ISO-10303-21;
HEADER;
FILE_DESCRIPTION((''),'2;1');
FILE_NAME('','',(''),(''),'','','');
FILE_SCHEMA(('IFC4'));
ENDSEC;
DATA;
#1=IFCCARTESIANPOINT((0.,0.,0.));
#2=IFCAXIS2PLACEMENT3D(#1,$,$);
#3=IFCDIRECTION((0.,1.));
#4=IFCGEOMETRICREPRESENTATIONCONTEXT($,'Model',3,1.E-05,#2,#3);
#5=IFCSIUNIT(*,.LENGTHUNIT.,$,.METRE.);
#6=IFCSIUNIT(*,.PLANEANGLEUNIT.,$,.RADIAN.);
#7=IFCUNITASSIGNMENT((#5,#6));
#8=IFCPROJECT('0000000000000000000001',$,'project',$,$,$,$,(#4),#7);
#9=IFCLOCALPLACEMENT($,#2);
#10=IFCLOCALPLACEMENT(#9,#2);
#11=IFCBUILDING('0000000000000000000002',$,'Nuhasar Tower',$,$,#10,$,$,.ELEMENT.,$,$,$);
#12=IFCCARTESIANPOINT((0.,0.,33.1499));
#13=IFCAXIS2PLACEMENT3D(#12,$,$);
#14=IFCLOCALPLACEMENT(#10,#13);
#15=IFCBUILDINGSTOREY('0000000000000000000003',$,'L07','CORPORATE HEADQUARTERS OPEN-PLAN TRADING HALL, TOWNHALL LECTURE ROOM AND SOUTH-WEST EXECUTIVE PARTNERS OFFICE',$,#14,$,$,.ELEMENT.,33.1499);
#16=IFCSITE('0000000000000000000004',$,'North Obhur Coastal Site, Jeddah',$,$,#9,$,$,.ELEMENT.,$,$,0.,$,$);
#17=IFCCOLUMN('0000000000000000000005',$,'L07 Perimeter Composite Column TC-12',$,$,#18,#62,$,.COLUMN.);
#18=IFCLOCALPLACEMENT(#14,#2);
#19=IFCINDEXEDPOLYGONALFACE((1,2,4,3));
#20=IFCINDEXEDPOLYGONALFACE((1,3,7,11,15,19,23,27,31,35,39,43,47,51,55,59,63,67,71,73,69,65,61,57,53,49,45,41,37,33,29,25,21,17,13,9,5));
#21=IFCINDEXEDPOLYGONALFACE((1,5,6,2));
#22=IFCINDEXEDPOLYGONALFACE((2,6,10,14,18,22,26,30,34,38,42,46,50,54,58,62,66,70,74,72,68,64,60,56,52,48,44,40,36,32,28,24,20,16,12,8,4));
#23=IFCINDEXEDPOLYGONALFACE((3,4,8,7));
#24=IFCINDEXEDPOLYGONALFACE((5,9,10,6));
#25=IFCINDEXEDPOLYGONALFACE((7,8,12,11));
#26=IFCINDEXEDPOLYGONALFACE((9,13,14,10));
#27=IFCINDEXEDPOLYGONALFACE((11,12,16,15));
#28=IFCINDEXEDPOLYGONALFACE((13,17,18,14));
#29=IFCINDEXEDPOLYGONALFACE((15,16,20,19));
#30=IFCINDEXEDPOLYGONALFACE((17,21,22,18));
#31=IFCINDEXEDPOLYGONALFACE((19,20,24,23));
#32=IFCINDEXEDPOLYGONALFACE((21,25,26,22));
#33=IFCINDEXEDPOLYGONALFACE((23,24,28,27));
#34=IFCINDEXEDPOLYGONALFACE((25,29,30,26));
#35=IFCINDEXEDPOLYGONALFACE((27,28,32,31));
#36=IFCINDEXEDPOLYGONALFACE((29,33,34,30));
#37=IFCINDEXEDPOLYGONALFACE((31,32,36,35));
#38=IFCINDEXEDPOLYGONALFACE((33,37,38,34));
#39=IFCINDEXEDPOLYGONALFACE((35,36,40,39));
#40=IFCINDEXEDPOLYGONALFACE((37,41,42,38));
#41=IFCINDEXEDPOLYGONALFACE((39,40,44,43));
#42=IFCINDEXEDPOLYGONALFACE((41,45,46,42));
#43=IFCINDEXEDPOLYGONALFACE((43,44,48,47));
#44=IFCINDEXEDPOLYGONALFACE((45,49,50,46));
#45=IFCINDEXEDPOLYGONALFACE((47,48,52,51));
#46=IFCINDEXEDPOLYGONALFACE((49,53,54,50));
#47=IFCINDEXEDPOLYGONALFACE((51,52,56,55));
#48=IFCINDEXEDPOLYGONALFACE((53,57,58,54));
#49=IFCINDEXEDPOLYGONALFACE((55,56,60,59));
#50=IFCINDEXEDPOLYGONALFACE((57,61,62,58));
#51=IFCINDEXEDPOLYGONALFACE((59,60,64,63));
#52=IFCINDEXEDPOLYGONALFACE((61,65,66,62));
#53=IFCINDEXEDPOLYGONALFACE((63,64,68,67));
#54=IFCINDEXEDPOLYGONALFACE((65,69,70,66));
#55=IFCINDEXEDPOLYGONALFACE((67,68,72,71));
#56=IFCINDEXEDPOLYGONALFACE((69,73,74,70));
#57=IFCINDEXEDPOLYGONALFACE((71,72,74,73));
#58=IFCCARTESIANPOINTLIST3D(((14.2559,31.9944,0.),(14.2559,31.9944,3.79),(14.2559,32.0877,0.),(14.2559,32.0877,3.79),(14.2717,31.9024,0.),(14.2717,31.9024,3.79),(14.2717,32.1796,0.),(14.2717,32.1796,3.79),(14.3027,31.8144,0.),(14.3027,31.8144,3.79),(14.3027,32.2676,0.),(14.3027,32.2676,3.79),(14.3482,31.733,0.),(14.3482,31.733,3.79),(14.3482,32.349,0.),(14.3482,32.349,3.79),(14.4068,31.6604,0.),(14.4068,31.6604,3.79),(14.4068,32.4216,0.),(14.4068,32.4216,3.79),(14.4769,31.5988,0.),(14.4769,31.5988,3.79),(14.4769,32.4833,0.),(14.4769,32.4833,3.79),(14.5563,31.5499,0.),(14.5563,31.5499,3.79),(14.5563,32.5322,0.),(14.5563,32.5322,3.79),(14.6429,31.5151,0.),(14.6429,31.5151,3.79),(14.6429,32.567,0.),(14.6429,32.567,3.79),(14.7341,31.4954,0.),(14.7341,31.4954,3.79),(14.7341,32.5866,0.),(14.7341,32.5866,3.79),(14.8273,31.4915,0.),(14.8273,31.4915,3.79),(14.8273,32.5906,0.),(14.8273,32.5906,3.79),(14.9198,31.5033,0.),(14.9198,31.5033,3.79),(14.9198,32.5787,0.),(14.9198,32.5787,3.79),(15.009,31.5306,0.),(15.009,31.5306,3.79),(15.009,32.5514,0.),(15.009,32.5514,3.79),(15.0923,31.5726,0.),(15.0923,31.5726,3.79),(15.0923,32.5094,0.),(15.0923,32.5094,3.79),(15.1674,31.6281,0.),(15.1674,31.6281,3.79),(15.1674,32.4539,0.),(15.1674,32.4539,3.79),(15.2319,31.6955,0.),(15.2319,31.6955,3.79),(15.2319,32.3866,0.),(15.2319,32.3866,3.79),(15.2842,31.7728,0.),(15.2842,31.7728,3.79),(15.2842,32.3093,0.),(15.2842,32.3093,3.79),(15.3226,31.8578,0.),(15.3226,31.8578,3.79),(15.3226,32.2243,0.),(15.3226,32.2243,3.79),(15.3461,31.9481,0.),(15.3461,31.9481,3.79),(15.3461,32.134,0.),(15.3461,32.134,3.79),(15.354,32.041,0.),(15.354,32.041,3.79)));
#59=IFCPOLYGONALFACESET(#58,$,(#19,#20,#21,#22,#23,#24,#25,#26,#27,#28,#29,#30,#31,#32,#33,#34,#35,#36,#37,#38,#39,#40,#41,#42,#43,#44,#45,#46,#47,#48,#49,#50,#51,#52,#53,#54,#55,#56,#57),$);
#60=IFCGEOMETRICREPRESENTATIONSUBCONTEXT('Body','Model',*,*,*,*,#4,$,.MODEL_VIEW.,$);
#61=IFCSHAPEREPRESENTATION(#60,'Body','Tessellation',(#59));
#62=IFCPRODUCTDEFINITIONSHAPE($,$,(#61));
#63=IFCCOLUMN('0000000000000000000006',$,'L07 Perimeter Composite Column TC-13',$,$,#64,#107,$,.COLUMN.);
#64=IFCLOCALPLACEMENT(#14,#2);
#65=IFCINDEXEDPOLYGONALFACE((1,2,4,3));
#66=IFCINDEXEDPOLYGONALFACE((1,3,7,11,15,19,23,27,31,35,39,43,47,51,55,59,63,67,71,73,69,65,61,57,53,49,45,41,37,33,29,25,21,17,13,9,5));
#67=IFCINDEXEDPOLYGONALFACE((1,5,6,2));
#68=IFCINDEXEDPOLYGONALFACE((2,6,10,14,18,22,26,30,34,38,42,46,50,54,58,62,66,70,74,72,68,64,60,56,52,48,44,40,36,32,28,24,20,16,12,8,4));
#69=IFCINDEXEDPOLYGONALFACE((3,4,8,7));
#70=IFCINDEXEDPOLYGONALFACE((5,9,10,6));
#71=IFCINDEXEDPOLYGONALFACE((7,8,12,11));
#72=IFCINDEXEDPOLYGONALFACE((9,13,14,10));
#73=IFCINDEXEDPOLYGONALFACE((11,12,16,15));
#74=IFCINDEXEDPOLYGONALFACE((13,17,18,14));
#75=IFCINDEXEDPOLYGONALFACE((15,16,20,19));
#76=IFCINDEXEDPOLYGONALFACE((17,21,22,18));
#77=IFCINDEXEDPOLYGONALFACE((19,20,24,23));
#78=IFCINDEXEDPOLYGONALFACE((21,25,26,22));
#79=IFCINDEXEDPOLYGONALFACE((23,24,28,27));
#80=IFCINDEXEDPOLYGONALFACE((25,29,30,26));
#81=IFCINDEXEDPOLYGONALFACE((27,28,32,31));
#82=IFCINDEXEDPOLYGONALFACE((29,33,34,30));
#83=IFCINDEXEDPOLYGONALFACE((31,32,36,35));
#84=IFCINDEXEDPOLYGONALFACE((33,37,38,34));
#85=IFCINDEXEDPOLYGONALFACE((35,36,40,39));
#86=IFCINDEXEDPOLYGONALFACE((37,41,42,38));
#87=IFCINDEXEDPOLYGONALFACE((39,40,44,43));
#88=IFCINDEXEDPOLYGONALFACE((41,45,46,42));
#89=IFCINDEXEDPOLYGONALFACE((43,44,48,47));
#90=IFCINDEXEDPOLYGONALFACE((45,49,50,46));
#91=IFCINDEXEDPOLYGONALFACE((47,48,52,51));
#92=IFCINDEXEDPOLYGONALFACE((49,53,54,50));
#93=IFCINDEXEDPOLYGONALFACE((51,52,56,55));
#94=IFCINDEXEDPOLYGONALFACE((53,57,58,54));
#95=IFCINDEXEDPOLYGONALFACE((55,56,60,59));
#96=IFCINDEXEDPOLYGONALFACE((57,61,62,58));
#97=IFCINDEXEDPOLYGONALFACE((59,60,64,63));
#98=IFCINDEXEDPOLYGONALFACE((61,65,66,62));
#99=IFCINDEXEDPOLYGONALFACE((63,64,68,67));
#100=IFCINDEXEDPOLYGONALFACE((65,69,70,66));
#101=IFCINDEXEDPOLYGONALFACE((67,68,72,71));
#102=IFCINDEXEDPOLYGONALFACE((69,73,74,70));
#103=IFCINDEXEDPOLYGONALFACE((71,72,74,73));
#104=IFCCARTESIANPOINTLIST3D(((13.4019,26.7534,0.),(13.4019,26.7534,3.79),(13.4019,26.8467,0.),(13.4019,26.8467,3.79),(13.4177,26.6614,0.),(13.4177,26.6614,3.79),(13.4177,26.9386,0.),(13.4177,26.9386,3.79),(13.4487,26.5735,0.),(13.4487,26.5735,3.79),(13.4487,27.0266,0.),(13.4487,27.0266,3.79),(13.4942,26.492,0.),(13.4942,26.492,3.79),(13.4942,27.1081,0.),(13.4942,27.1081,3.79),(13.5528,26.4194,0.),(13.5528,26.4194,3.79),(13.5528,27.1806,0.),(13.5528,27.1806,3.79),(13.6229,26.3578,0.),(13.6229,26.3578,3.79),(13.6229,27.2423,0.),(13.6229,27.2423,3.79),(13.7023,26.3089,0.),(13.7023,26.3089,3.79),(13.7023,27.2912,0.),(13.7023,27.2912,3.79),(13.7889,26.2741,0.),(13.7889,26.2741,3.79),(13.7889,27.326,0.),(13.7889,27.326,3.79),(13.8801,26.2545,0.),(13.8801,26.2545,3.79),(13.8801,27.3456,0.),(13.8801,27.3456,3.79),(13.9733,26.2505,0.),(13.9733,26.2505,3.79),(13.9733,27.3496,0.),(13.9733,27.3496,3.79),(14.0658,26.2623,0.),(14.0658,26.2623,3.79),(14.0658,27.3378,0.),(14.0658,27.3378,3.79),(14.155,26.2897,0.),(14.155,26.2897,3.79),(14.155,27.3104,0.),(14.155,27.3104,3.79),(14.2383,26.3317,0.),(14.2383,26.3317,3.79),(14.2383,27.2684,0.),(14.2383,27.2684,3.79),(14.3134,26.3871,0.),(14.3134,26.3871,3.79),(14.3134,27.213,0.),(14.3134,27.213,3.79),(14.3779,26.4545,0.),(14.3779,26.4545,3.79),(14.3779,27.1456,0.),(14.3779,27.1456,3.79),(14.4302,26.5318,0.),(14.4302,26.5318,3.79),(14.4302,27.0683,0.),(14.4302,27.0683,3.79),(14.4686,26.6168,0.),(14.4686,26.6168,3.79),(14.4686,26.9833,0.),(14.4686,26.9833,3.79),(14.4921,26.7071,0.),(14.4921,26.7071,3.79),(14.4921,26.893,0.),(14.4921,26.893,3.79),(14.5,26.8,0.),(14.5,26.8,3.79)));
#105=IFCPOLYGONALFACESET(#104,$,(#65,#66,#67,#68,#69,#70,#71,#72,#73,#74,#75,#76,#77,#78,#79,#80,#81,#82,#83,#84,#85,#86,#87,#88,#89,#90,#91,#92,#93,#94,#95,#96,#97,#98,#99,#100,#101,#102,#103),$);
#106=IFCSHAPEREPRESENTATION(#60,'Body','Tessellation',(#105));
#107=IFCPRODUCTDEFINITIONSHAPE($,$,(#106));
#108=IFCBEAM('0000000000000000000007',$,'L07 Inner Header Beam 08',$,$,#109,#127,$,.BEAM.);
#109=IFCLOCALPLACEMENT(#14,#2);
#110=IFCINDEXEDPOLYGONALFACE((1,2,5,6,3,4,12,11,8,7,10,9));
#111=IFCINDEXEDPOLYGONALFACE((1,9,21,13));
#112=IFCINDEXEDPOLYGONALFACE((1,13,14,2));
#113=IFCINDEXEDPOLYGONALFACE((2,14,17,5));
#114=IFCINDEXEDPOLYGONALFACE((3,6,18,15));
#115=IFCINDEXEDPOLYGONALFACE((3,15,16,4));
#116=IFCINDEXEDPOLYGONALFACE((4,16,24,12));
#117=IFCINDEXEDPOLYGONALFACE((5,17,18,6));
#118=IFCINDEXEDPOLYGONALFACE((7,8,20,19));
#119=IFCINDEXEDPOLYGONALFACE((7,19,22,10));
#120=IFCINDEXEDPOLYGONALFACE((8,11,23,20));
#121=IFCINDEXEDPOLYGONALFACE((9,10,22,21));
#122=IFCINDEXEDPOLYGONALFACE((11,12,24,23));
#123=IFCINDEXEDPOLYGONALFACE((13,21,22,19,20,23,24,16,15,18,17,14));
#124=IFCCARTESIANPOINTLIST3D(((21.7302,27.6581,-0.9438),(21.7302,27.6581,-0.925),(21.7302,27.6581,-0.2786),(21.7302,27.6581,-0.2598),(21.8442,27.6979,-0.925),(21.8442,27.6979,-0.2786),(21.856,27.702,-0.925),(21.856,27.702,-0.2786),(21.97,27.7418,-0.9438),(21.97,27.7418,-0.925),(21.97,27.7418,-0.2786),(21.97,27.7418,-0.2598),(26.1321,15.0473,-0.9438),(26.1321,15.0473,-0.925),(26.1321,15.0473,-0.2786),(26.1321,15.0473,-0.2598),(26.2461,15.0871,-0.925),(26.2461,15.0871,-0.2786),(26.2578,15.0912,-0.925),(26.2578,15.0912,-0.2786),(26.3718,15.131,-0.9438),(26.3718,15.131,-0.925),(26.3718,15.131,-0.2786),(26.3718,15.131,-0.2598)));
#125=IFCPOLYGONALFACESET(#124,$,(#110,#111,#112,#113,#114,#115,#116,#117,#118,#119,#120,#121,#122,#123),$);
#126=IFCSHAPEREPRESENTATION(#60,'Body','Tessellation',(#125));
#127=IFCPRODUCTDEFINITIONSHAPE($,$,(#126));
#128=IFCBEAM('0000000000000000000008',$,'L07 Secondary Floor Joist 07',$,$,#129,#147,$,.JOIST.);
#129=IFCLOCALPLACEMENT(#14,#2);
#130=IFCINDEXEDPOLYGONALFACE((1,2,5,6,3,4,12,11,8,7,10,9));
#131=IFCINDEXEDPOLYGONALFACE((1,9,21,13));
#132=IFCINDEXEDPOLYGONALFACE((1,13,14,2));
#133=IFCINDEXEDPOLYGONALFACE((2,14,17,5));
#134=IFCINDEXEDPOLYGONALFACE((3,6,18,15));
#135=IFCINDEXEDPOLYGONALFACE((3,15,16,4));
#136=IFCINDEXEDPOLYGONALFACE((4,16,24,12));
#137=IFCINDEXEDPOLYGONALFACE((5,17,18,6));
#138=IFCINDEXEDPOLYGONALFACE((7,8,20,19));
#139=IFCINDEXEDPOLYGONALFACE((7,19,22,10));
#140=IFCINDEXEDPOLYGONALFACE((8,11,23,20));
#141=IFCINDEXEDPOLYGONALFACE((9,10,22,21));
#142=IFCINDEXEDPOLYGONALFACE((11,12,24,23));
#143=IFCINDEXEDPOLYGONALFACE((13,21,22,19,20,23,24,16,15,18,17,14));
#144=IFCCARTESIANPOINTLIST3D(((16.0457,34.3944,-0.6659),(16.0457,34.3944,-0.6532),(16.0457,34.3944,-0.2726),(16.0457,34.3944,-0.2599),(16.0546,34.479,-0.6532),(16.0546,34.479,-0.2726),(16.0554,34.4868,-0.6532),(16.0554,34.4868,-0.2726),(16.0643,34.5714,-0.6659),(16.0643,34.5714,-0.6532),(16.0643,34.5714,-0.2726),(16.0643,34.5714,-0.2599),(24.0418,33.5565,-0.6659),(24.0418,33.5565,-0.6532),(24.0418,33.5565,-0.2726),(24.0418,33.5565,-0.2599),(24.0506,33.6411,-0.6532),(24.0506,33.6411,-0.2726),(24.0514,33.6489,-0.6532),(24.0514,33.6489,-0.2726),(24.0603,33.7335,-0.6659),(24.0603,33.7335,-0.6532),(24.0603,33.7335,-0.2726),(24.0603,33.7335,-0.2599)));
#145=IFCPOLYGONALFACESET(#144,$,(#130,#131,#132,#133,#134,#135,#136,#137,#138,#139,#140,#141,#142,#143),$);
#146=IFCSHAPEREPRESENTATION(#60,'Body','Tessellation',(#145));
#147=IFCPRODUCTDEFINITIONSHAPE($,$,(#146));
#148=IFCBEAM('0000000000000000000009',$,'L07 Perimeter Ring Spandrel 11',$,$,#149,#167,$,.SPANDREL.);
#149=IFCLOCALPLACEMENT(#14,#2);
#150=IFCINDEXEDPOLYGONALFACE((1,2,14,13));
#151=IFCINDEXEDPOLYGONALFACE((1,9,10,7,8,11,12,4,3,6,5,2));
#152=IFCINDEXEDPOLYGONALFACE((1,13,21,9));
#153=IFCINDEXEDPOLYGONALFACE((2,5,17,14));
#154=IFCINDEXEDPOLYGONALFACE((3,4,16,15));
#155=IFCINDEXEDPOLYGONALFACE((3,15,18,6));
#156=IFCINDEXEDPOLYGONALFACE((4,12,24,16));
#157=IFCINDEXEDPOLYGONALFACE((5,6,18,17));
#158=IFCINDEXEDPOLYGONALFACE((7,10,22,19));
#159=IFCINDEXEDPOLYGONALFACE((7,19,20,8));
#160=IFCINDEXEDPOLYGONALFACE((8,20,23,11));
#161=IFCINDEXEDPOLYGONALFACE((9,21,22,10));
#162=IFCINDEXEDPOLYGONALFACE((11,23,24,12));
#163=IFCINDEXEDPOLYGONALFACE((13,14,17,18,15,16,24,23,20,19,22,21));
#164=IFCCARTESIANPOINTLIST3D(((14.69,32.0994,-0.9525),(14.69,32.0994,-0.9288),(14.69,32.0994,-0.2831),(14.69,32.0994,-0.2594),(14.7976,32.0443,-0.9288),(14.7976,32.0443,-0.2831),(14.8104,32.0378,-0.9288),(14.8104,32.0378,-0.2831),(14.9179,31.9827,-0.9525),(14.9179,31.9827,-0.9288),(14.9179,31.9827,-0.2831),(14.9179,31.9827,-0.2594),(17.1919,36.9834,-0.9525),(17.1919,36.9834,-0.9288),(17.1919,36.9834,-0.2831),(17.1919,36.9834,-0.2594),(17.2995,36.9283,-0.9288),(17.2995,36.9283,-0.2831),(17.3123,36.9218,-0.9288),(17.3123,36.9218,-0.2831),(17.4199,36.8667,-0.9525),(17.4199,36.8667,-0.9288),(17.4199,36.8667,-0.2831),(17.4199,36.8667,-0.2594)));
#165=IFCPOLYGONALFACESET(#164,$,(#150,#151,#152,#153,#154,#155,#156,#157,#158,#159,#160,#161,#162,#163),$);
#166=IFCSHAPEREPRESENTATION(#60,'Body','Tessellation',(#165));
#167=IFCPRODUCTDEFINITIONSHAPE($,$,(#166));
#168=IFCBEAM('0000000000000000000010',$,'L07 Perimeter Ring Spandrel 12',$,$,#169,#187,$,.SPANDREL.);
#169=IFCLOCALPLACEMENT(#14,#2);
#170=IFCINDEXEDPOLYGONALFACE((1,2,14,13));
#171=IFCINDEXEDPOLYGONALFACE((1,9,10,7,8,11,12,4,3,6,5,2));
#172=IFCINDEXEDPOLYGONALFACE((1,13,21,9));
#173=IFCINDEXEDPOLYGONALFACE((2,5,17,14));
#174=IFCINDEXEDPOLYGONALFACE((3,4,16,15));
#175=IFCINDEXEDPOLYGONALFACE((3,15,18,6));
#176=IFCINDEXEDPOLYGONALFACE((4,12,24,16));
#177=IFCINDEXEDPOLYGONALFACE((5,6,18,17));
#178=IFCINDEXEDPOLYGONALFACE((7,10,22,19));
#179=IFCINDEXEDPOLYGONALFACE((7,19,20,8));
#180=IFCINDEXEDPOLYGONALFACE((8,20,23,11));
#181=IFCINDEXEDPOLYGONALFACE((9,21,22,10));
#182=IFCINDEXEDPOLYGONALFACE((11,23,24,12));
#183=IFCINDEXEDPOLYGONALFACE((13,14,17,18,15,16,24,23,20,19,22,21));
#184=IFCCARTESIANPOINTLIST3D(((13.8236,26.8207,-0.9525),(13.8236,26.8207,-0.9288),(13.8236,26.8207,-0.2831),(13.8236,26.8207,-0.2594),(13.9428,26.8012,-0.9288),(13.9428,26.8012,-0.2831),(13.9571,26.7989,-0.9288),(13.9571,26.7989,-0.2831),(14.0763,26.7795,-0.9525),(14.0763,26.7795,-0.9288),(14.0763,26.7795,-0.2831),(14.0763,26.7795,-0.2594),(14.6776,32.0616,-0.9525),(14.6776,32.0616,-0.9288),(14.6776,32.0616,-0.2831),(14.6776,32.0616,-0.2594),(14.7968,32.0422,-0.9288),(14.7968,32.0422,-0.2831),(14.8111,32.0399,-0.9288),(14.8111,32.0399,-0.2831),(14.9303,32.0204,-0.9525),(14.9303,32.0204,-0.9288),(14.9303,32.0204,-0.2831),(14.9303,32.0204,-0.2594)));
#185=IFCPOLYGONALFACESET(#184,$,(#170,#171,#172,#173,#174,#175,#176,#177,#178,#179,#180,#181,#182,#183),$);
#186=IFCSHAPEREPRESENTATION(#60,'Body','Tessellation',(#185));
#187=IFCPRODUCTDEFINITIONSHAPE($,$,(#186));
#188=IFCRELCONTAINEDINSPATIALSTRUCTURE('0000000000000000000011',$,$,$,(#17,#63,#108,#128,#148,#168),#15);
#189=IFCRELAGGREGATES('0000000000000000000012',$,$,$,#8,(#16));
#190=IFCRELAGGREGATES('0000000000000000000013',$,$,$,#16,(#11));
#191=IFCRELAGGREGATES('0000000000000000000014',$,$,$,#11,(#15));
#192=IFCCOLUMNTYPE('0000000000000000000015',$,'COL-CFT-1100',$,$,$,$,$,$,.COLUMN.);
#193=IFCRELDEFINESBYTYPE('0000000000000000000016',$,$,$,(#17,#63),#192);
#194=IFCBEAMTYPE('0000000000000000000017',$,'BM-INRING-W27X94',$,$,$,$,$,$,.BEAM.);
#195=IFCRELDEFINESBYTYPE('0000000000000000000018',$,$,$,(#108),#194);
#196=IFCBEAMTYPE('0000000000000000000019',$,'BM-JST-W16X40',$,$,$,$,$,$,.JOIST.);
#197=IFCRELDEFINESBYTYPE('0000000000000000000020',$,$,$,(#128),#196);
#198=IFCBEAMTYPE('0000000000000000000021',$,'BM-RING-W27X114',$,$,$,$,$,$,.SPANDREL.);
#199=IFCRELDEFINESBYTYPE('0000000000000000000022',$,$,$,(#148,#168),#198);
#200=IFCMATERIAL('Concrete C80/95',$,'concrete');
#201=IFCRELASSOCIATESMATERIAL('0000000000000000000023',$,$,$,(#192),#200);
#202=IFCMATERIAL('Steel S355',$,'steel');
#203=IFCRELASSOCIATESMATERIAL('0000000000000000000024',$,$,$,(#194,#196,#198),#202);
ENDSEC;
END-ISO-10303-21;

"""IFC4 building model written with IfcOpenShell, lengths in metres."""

from ifc_helpers import new_model, si_unit, direction, frame, origin, origin_2d, place, context, subcontext, project, spatial, circle, i_section, extrude, material, material_profile, profile_set, type_object, element, save


model = new_model("IFC4")

# Units and contexts
model_context = context("Model", 3, precision=1e-05, world=origin(), true_north=direction((0.0, 1.0)))
body_context = subcontext(model_context, "Body", "Model", "MODEL_VIEW")
ifc_project = project(units=[si_unit("LENGTHUNIT", "METRE"), si_unit("PLANEANGLEUNIT", "RADIAN")], contexts=[model_context])

# Site, building, storey
site_placement = place(None, origin())
site = spatial("IfcSite", under=ifc_project, at=site_placement, Name="North Obhur Coastal Site, Jeddah", CompositionType="ELEMENT", RefElevation=0.0)
building_placement = place(site_placement, origin())
building = spatial("IfcBuilding", under=site, at=building_placement, Name="Nuhasar Tower", CompositionType="ELEMENT")
storey_placement = place(building_placement, frame((0.0, 0.0, 33.1499)))
storey = spatial("IfcBuildingStorey", under=building, at=storey_placement, Name="L07", Description="CORPORATE HEADQUARTERS OPEN-PLAN TRADING HALL, TOWNHALL LECTURE ROOM AND SOUTH-WEST EXECUTIVE PARTNERS OFFICE", CompositionType="ELEMENT", Elevation=33.1499)

# Columns
ifc_material_1 = material(Name="Concrete C80/95", Category="concrete")
ifc_material_profile_1 = material_profile(ifc_material_1, circle(Radius=0.55, at=origin_2d()), Name="CFT1100")
ifc_profile_set_1 = profile_set([ifc_material_profile_1], Name="Concrete C80/95")
column_type = type_object("IfcColumnType", Name="COL-CFT-1100", PredefinedType="COLUMN", material=ifc_profile_set_1)
for number, where, z_axis, x_axis, name in (
    (1, (14.804, 32.041, 0.0), (0.0, 0.0, 1.0), (1.0, 0.0, 0.0), "L07 Perimeter Composite Column TC-12"),
    (2, (13.95, 26.8, 0.0), (0.0, 0.0, 1.0), (1.0, 0.0, 0.0), "L07 Perimeter Composite Column TC-13"),
):
    element("IfcColumn", number, at=place(storey_placement, frame(where, z_axis=z_axis, x_axis=x_axis)), inside=storey, type_object=column_type, Name=name, PredefinedType="COLUMN", context=body_context, shape_type="SweptSolid", body=[
        extrude(circle(Radius=0.55, at=origin_2d()), origin(), (0.0, 0.0, 1.0), 3.79),
    ])

# Beams
ifc_material_2 = material(Name="Steel S355", Category="steel")
ifc_material_profile_2 = material_profile(ifc_material_2, i_section(OverallWidth=0.2539, OverallDepth=0.6841, WebThickness=0.0125, FlangeThickness=0.0188, at=origin_2d()), Name="W27X94")
ifc_profile_set_2 = profile_set([ifc_material_profile_2], Name="Steel S355")
beam_type_1 = type_object("IfcBeamType", Name="BM-INRING-W27X94", PredefinedType="BEAM", material=ifc_profile_set_2)
beam_1_placement = place(storey_placement, frame((21.8501, 27.7, -0.6018), z_axis=(0.329554, -0.944137, 0.0), x_axis=(0.944137, 0.329554, 0.0)))
element("IfcBeam", 3, at=beam_1_placement, inside=storey, type_object=beam_type_1, Name="L07 Inner Header Beam 08", PredefinedType="BEAM", context=body_context, shape_type="SweptSolid", body=[
    extrude(i_section(OverallWidth=0.2539, OverallDepth=0.6841, WebThickness=0.0125, FlangeThickness=0.0188, at=origin_2d()), origin(), (0.0, 0.0, 1.0), 13.3569),
])
ifc_material_profile_3 = material_profile(ifc_material_2, i_section(OverallWidth=0.178, OverallDepth=0.406, WebThickness=0.0078, FlangeThickness=0.0127, at=origin_2d()), Name="W16X40")
ifc_profile_set_3 = profile_set([ifc_material_profile_3], Name="Steel S355")
beam_type_2 = type_object("IfcBeamType", Name="BM-JST-W16X40", PredefinedType="JOIST", material=ifc_profile_set_3)
beam_2_placement = place(storey_placement, frame((24.051, 33.645, -0.4629), z_axis=(-0.994555, 0.104217, 0.0), x_axis=(-0.104217, -0.994555, 0.0)))
element("IfcBeam", 4, at=beam_2_placement, inside=storey, type_object=beam_type_2, Name="L07 Secondary Floor Joist 07", PredefinedType="JOIST", context=body_context, shape_type="SweptSolid", body=[
    extrude(i_section(OverallWidth=0.178, OverallDepth=0.406, WebThickness=0.0078, FlangeThickness=0.0127, at=origin_2d()), origin(), (0.0, 0.0, 1.0), 8.0398),
])
ifc_material_profile_4 = material_profile(ifc_material_2, i_section(OverallWidth=0.2561, OverallDepth=0.6931, WebThickness=0.0144, FlangeThickness=0.0237, at=origin_2d()), Name="W27X114")
ifc_profile_set_4 = profile_set([ifc_material_profile_4], Name="Steel S355")
beam_type_3 = type_object("IfcBeamType", Name="BM-RING-W27X114", PredefinedType="SPANDREL", material=ifc_profile_set_4)
beam_3_placement = place(storey_placement, frame((17.3059, 36.925, -0.606), z_axis=(-0.45593, -0.890016, 0.0), x_axis=(0.890016, -0.45593, 0.0)))
element("IfcBeam", 5, at=beam_3_placement, inside=storey, type_object=beam_type_3, Name="L07 Perimeter Ring Spandrel 11", PredefinedType="SPANDREL", context=body_context, shape_type="SweptSolid", body=[
    extrude(i_section(OverallWidth=0.2561, OverallDepth=0.6931, WebThickness=0.0144, FlangeThickness=0.0237, at=origin_2d()), origin(), (0.0, 0.0, 1.0), 5.4875),
])
for number, where, z_axis, x_axis, name in (
    (6, (14.804, 32.041, -0.606), (-0.160827, -0.986983, 0.0), (0.986983, -0.160827, 0.0), "L07 Perimeter Ring Spandrel 12"),
):
    element("IfcBeam", number, at=place(storey_placement, frame(where, z_axis=z_axis, x_axis=x_axis)), inside=storey, type_object=beam_type_3, Name=name, PredefinedType="SPANDREL", context=body_context, shape_type="SweptSolid", body=[
        extrude(i_section(OverallWidth=0.2561, OverallDepth=0.6931, WebThickness=0.0144, FlangeThickness=0.0237, at=origin_2d()), origin(), (0.0, 0.0, 1.0), 5.3101),
    ])

save(model, "model.ifc")
